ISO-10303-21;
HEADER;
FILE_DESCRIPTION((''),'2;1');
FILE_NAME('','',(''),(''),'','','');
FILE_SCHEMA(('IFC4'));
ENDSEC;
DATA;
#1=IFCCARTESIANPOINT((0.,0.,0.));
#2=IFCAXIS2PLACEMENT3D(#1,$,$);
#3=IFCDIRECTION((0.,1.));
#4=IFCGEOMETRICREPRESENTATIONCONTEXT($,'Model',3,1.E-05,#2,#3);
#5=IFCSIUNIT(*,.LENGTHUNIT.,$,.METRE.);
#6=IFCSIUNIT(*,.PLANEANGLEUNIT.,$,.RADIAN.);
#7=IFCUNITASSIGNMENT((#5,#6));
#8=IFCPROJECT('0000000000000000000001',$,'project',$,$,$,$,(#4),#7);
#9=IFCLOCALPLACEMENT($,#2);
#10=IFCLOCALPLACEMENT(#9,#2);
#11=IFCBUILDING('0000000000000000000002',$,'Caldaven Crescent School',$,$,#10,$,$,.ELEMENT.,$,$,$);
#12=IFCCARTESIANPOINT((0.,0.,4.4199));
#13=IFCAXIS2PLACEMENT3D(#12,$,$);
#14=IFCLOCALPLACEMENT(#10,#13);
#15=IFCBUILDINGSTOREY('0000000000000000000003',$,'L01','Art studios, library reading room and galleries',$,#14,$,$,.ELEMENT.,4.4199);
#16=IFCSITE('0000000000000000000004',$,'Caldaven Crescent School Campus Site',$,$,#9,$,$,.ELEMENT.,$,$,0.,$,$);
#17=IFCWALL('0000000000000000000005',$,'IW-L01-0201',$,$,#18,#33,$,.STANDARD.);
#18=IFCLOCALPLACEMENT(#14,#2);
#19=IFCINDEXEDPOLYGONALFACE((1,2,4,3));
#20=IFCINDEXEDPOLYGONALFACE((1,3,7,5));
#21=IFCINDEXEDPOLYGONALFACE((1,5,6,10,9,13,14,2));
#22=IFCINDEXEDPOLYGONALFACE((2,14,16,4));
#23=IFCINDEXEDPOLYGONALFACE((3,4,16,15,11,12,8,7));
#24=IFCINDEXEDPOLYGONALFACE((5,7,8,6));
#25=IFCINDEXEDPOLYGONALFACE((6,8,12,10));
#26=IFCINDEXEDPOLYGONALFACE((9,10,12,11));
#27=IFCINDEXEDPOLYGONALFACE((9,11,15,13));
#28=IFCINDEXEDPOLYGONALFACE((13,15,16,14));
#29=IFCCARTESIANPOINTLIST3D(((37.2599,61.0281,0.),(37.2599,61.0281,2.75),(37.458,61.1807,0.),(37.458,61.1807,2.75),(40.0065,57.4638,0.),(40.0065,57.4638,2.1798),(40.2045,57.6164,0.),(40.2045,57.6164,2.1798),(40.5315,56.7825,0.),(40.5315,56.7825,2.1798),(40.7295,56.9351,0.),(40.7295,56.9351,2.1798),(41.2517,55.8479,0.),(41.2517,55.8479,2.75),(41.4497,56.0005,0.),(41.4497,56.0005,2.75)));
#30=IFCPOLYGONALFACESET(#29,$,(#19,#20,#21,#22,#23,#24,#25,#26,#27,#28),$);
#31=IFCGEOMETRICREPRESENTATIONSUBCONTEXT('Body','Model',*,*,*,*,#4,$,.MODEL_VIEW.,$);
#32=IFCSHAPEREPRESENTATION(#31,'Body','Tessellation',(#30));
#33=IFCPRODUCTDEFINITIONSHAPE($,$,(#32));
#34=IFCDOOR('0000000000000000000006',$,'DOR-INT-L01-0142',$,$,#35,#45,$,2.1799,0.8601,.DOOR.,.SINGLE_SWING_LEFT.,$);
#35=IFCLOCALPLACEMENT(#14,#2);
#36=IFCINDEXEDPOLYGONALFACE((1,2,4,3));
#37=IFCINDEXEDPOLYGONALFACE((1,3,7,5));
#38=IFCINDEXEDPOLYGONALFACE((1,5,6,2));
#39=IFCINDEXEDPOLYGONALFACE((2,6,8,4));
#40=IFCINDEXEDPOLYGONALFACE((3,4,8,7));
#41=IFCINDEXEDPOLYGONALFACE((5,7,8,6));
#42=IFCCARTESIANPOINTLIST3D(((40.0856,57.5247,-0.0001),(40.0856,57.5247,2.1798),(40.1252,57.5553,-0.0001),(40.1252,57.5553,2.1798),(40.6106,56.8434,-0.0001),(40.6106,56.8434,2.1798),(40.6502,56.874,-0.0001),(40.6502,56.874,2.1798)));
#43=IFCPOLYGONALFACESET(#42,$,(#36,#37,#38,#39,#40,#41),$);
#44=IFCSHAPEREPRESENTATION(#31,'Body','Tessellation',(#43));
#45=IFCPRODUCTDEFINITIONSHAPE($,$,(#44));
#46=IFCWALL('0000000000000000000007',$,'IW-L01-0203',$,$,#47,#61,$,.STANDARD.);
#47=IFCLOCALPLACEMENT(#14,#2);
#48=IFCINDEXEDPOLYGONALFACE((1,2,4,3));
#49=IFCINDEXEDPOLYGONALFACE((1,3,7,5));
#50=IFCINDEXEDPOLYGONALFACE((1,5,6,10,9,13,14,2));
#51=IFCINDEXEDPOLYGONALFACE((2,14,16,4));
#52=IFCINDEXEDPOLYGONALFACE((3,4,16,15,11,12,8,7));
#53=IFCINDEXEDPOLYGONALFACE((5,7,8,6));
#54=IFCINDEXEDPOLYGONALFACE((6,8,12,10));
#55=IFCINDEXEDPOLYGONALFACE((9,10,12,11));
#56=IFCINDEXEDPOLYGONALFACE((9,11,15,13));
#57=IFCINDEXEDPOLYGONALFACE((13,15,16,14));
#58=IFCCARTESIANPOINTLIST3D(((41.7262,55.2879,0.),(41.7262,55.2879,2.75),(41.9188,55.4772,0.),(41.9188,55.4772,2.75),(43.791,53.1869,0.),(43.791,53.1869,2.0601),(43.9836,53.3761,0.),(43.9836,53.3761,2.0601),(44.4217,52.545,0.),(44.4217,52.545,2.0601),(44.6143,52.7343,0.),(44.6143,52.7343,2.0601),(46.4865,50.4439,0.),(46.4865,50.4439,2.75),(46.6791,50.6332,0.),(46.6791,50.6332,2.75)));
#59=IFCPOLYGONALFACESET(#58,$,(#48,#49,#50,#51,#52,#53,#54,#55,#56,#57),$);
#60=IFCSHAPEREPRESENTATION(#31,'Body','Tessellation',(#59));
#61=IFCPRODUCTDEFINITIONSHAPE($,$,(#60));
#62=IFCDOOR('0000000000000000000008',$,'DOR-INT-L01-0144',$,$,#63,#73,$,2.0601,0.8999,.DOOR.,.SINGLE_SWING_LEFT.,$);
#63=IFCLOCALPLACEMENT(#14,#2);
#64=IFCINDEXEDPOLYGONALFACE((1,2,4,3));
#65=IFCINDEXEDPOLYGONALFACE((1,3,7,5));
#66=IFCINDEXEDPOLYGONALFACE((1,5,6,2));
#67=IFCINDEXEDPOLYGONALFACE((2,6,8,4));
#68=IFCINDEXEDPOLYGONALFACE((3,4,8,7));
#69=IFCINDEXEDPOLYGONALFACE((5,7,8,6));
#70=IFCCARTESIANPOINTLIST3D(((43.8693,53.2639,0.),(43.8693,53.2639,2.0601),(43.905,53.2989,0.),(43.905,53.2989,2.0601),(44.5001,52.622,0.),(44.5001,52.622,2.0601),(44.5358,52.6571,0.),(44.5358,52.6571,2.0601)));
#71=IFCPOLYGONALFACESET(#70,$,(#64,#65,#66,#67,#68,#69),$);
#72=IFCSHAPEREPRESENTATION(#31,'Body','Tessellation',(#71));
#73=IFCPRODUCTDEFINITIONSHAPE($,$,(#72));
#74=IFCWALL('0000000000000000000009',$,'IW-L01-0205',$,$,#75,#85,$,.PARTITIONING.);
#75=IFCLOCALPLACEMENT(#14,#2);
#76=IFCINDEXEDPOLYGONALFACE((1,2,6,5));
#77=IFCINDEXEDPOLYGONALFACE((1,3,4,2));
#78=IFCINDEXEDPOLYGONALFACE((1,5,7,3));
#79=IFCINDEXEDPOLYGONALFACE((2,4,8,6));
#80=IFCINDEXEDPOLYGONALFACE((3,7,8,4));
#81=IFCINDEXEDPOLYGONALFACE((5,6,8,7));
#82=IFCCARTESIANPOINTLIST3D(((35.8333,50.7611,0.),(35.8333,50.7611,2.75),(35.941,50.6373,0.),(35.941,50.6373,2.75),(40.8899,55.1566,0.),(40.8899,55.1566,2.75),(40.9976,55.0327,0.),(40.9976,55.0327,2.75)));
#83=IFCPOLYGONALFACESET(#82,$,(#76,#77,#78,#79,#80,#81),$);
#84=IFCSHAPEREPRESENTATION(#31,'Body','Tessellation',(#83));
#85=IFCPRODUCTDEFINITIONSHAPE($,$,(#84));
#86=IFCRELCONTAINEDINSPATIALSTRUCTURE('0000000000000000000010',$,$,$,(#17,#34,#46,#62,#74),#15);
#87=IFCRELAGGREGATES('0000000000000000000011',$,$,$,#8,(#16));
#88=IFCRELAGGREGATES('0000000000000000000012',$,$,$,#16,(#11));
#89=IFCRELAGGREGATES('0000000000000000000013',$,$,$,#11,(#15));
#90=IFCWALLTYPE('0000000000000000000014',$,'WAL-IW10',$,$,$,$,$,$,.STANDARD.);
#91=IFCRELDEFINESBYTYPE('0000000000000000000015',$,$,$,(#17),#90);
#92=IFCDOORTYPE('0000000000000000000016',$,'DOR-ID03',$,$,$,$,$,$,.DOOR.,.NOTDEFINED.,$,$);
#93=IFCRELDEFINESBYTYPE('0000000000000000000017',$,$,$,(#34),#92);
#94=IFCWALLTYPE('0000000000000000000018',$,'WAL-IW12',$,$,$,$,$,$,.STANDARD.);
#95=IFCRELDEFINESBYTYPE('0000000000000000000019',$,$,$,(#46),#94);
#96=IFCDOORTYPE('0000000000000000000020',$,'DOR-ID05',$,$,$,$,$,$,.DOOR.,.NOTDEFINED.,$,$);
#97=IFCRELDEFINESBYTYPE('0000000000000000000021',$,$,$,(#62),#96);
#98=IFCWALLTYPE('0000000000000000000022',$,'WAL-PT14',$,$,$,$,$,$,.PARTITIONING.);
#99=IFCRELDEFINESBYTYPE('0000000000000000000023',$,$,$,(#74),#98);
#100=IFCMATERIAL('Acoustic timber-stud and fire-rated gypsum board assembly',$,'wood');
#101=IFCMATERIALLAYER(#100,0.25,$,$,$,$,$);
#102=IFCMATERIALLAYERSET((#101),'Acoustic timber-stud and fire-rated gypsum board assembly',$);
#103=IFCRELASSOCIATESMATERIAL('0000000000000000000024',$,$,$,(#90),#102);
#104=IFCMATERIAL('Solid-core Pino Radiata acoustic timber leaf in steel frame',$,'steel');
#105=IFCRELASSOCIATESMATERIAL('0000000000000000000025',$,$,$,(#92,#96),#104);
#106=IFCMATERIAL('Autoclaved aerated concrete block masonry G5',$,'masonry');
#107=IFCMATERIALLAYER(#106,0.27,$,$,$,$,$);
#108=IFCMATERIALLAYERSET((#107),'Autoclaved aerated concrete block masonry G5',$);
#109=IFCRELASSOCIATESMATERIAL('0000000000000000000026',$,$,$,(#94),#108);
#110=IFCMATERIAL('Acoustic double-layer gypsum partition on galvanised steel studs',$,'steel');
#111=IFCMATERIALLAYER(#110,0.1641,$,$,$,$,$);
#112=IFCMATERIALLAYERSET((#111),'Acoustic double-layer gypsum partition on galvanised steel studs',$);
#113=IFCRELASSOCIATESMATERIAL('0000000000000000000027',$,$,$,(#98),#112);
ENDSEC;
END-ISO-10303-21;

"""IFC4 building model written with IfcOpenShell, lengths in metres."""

from ifc_helpers import new_model, si_unit, direction, frame, frame_2d, origin, place, context, subcontext, project, spatial, rectangle, extrude, material, layer, layer_set, type_object, element, fill, save


model = new_model("IFC4")

# Units and contexts
model_context = context("Model", 3, precision=1e-05, world=origin(), true_north=direction((0.0, 1.0)))
body_context = subcontext(model_context, "Body", "Model", "MODEL_VIEW")
ifc_project = project(units=[si_unit("LENGTHUNIT", "METRE"), si_unit("PLANEANGLEUNIT", "RADIAN")], contexts=[model_context])

# Site, building, storey
site_placement = place(None, origin())
site = spatial("IfcSite", under=ifc_project, at=site_placement, Name="Caldaven Crescent School Campus Site", CompositionType="ELEMENT", RefElevation=0.0)
building_placement = place(site_placement, origin())
building = spatial("IfcBuilding", under=site, at=building_placement, Name="Caldaven Crescent School", CompositionType="ELEMENT")
storey_placement = place(building_placement, frame((0.0, 0.0, 4.4199)))
storey = spatial("IfcBuildingStorey", under=building, at=storey_placement, Name="L01", Description="Art studios, library reading room and galleries", CompositionType="ELEMENT", Elevation=4.4199)

# Walls, openings, doors
ifc_material_1 = material(Name="Acoustic timber-stud and fire-rated gypsum board assembly", Category="wood")
ifc_layer_1 = layer(ifc_material_1, 0.25)
ifc_layer_set_1 = layer_set([ifc_layer_1], Name="Acoustic timber-stud and fire-rated gypsum board assembly")
wall_type_1 = type_object("IfcWallType", Name="WAL-IW10", PredefinedType="STANDARD", material=ifc_layer_set_1)
wall_1_placement = place(storey_placement, frame((37.3589, 61.1045, 0.0), z_axis=(0.0, 0.0, 1.0), x_axis=(0.610378, -0.79211, 0.0)))
wall_1 = element("IfcWall", 1, at=wall_1_placement, inside=storey, type_object=wall_type_1, Name="IW-L01-0201", PredefinedType="STANDARD", context=body_context, shape_type="SweptSolid", body=[
    extrude(rectangle(XDim=6.5398, YDim=0.25, at=frame_2d((3.27, 0.0))), origin(), (0.0, 0.0, 1.0), 2.75),
])
opening_1_placement = place(wall_1_placement, frame((4.4998, 0.0, 0.0)))
opening_1 = element("IfcOpeningElement", 2, at=opening_1_placement, cuts=wall_1, PredefinedType="OPENING", context=body_context, shape_type="SweptSolid", body=[
    extrude(rectangle(XDim=0.8601, YDim=2.1799, at=frame_2d((0.4302, 1.0898))), frame((0.0, 0.135, 0.0), z_axis=(0.0, -1.0, 0.0), x_axis=(1.0, 0.0, 0.0)), (0.0, 0.0, 1.0), 0.27),
])
ifc_material_2 = material(Name="Solid-core Pino Radiata acoustic timber leaf in steel frame", Category="steel")
door_type_1 = type_object("IfcDoorType", Name="DOR-ID03", OperationType="NOTDEFINED", PredefinedType="DOOR", material=ifc_material_2)
door_1_placement = place(opening_1_placement, origin())
door_1 = element("IfcDoor", 3, at=door_1_placement, inside=storey, type_object=door_type_1, Name="DOR-INT-L01-0142", OperationType="SINGLE_SWING_LEFT", OverallHeight=2.1799, OverallWidth=0.8601, PredefinedType="DOOR", context=body_context, shape_type="SweptSolid", body=[
    extrude(rectangle(XDim=0.8601, YDim=2.1799, at=frame_2d((0.4302, 1.0898))), frame((0.0, 0.0249, 0.0), z_axis=(0.0, -1.0, 0.0), x_axis=(1.0, 0.0, 0.0)), (0.0, 0.0, 1.0), 0.05),
])
fill(opening_1, door_1)
ifc_material_3 = material(Name="Autoclaved aerated concrete block masonry G5", Category="masonry")
ifc_layer_2 = layer(ifc_material_3, 0.27)
ifc_layer_set_2 = layer_set([ifc_layer_2], Name="Autoclaved aerated concrete block masonry G5")
wall_type_2 = type_object("IfcWallType", Name="WAL-IW12", PredefinedType="STANDARD", material=ifc_layer_set_2)
wall_2_placement = place(storey_placement, frame((41.8225, 55.3826, 0.0), z_axis=(0.0, 0.0, 1.0), x_axis=(0.700915, -0.713245, 0.0)))
wall_2 = element("IfcWall", 4, at=wall_2_placement, inside=storey, type_object=wall_type_2, Name="IW-L01-0203", PredefinedType="STANDARD", context=body_context, shape_type="SweptSolid", body=[
    extrude(rectangle(XDim=6.7915, YDim=0.27, at=frame_2d((3.3958, 0.0))), origin(), (0.0, 0.0, 1.0), 2.75),
])
opening_2_placement = place(wall_2_placement, frame((2.9458, 0.0, 0.0)))
opening_2 = element("IfcOpeningElement", 5, at=opening_2_placement, cuts=wall_2, PredefinedType="OPENING", context=body_context, shape_type="SweptSolid", body=[
    extrude(rectangle(XDim=0.8999, YDim=2.0601, at=frame_2d((0.45, 1.03))), frame((0.0, 0.145, 0.0), z_axis=(0.0, -1.0, 0.0), x_axis=(1.0, 0.0, 0.0)), (0.0, 0.0, 1.0), 0.29),
])
door_type_2 = type_object("IfcDoorType", Name="DOR-ID05", OperationType="NOTDEFINED", PredefinedType="DOOR", material=ifc_material_2)
door_2_placement = place(opening_2_placement, origin())
door_2 = element("IfcDoor", 6, at=door_2_placement, inside=storey, type_object=door_type_2, Name="DOR-INT-L01-0144", OperationType="SINGLE_SWING_LEFT", OverallHeight=2.0601, OverallWidth=0.8999, PredefinedType="DOOR", context=body_context, shape_type="SweptSolid", body=[
    extrude(rectangle(XDim=0.8999, YDim=2.0601, at=frame_2d((0.45, 1.03))), frame((0.0, 0.0249, 0.0), z_axis=(0.0, -1.0, 0.0), x_axis=(1.0, 0.0, 0.0)), (0.0, 0.0, 1.0), 0.05),
])
fill(opening_2, door_2)

# Wall
ifc_material_4 = material(Name="Acoustic double-layer gypsum partition on galvanised steel studs", Category="steel")
ifc_layer_3 = layer(ifc_material_4, 0.1641)
ifc_layer_set_3 = layer_set([ifc_layer_3], Name="Acoustic double-layer gypsum partition on galvanised steel studs")
wall_type_3 = type_object("IfcWallType", Name="WAL-PT14", PredefinedType="PARTITIONING", material=ifc_layer_set_3)
wall_3_placement = place(storey_placement, frame((40.9438, 55.0947, 0.0), z_axis=(0.0, 0.0, 1.0), x_axis=(-0.754722, -0.656045, 0.0)))
element("IfcWall", 7, at=wall_3_placement, inside=storey, type_object=wall_type_3, Name="IW-L01-0205", PredefinedType="PARTITIONING", context=body_context, shape_type="SweptSolid", body=[
    extrude(rectangle(XDim=6.7, YDim=0.1641, at=frame_2d((3.3501, 0.0))), origin(), (0.0, 0.0, 1.0), 2.75),
])

save(model, "model.ifc")
